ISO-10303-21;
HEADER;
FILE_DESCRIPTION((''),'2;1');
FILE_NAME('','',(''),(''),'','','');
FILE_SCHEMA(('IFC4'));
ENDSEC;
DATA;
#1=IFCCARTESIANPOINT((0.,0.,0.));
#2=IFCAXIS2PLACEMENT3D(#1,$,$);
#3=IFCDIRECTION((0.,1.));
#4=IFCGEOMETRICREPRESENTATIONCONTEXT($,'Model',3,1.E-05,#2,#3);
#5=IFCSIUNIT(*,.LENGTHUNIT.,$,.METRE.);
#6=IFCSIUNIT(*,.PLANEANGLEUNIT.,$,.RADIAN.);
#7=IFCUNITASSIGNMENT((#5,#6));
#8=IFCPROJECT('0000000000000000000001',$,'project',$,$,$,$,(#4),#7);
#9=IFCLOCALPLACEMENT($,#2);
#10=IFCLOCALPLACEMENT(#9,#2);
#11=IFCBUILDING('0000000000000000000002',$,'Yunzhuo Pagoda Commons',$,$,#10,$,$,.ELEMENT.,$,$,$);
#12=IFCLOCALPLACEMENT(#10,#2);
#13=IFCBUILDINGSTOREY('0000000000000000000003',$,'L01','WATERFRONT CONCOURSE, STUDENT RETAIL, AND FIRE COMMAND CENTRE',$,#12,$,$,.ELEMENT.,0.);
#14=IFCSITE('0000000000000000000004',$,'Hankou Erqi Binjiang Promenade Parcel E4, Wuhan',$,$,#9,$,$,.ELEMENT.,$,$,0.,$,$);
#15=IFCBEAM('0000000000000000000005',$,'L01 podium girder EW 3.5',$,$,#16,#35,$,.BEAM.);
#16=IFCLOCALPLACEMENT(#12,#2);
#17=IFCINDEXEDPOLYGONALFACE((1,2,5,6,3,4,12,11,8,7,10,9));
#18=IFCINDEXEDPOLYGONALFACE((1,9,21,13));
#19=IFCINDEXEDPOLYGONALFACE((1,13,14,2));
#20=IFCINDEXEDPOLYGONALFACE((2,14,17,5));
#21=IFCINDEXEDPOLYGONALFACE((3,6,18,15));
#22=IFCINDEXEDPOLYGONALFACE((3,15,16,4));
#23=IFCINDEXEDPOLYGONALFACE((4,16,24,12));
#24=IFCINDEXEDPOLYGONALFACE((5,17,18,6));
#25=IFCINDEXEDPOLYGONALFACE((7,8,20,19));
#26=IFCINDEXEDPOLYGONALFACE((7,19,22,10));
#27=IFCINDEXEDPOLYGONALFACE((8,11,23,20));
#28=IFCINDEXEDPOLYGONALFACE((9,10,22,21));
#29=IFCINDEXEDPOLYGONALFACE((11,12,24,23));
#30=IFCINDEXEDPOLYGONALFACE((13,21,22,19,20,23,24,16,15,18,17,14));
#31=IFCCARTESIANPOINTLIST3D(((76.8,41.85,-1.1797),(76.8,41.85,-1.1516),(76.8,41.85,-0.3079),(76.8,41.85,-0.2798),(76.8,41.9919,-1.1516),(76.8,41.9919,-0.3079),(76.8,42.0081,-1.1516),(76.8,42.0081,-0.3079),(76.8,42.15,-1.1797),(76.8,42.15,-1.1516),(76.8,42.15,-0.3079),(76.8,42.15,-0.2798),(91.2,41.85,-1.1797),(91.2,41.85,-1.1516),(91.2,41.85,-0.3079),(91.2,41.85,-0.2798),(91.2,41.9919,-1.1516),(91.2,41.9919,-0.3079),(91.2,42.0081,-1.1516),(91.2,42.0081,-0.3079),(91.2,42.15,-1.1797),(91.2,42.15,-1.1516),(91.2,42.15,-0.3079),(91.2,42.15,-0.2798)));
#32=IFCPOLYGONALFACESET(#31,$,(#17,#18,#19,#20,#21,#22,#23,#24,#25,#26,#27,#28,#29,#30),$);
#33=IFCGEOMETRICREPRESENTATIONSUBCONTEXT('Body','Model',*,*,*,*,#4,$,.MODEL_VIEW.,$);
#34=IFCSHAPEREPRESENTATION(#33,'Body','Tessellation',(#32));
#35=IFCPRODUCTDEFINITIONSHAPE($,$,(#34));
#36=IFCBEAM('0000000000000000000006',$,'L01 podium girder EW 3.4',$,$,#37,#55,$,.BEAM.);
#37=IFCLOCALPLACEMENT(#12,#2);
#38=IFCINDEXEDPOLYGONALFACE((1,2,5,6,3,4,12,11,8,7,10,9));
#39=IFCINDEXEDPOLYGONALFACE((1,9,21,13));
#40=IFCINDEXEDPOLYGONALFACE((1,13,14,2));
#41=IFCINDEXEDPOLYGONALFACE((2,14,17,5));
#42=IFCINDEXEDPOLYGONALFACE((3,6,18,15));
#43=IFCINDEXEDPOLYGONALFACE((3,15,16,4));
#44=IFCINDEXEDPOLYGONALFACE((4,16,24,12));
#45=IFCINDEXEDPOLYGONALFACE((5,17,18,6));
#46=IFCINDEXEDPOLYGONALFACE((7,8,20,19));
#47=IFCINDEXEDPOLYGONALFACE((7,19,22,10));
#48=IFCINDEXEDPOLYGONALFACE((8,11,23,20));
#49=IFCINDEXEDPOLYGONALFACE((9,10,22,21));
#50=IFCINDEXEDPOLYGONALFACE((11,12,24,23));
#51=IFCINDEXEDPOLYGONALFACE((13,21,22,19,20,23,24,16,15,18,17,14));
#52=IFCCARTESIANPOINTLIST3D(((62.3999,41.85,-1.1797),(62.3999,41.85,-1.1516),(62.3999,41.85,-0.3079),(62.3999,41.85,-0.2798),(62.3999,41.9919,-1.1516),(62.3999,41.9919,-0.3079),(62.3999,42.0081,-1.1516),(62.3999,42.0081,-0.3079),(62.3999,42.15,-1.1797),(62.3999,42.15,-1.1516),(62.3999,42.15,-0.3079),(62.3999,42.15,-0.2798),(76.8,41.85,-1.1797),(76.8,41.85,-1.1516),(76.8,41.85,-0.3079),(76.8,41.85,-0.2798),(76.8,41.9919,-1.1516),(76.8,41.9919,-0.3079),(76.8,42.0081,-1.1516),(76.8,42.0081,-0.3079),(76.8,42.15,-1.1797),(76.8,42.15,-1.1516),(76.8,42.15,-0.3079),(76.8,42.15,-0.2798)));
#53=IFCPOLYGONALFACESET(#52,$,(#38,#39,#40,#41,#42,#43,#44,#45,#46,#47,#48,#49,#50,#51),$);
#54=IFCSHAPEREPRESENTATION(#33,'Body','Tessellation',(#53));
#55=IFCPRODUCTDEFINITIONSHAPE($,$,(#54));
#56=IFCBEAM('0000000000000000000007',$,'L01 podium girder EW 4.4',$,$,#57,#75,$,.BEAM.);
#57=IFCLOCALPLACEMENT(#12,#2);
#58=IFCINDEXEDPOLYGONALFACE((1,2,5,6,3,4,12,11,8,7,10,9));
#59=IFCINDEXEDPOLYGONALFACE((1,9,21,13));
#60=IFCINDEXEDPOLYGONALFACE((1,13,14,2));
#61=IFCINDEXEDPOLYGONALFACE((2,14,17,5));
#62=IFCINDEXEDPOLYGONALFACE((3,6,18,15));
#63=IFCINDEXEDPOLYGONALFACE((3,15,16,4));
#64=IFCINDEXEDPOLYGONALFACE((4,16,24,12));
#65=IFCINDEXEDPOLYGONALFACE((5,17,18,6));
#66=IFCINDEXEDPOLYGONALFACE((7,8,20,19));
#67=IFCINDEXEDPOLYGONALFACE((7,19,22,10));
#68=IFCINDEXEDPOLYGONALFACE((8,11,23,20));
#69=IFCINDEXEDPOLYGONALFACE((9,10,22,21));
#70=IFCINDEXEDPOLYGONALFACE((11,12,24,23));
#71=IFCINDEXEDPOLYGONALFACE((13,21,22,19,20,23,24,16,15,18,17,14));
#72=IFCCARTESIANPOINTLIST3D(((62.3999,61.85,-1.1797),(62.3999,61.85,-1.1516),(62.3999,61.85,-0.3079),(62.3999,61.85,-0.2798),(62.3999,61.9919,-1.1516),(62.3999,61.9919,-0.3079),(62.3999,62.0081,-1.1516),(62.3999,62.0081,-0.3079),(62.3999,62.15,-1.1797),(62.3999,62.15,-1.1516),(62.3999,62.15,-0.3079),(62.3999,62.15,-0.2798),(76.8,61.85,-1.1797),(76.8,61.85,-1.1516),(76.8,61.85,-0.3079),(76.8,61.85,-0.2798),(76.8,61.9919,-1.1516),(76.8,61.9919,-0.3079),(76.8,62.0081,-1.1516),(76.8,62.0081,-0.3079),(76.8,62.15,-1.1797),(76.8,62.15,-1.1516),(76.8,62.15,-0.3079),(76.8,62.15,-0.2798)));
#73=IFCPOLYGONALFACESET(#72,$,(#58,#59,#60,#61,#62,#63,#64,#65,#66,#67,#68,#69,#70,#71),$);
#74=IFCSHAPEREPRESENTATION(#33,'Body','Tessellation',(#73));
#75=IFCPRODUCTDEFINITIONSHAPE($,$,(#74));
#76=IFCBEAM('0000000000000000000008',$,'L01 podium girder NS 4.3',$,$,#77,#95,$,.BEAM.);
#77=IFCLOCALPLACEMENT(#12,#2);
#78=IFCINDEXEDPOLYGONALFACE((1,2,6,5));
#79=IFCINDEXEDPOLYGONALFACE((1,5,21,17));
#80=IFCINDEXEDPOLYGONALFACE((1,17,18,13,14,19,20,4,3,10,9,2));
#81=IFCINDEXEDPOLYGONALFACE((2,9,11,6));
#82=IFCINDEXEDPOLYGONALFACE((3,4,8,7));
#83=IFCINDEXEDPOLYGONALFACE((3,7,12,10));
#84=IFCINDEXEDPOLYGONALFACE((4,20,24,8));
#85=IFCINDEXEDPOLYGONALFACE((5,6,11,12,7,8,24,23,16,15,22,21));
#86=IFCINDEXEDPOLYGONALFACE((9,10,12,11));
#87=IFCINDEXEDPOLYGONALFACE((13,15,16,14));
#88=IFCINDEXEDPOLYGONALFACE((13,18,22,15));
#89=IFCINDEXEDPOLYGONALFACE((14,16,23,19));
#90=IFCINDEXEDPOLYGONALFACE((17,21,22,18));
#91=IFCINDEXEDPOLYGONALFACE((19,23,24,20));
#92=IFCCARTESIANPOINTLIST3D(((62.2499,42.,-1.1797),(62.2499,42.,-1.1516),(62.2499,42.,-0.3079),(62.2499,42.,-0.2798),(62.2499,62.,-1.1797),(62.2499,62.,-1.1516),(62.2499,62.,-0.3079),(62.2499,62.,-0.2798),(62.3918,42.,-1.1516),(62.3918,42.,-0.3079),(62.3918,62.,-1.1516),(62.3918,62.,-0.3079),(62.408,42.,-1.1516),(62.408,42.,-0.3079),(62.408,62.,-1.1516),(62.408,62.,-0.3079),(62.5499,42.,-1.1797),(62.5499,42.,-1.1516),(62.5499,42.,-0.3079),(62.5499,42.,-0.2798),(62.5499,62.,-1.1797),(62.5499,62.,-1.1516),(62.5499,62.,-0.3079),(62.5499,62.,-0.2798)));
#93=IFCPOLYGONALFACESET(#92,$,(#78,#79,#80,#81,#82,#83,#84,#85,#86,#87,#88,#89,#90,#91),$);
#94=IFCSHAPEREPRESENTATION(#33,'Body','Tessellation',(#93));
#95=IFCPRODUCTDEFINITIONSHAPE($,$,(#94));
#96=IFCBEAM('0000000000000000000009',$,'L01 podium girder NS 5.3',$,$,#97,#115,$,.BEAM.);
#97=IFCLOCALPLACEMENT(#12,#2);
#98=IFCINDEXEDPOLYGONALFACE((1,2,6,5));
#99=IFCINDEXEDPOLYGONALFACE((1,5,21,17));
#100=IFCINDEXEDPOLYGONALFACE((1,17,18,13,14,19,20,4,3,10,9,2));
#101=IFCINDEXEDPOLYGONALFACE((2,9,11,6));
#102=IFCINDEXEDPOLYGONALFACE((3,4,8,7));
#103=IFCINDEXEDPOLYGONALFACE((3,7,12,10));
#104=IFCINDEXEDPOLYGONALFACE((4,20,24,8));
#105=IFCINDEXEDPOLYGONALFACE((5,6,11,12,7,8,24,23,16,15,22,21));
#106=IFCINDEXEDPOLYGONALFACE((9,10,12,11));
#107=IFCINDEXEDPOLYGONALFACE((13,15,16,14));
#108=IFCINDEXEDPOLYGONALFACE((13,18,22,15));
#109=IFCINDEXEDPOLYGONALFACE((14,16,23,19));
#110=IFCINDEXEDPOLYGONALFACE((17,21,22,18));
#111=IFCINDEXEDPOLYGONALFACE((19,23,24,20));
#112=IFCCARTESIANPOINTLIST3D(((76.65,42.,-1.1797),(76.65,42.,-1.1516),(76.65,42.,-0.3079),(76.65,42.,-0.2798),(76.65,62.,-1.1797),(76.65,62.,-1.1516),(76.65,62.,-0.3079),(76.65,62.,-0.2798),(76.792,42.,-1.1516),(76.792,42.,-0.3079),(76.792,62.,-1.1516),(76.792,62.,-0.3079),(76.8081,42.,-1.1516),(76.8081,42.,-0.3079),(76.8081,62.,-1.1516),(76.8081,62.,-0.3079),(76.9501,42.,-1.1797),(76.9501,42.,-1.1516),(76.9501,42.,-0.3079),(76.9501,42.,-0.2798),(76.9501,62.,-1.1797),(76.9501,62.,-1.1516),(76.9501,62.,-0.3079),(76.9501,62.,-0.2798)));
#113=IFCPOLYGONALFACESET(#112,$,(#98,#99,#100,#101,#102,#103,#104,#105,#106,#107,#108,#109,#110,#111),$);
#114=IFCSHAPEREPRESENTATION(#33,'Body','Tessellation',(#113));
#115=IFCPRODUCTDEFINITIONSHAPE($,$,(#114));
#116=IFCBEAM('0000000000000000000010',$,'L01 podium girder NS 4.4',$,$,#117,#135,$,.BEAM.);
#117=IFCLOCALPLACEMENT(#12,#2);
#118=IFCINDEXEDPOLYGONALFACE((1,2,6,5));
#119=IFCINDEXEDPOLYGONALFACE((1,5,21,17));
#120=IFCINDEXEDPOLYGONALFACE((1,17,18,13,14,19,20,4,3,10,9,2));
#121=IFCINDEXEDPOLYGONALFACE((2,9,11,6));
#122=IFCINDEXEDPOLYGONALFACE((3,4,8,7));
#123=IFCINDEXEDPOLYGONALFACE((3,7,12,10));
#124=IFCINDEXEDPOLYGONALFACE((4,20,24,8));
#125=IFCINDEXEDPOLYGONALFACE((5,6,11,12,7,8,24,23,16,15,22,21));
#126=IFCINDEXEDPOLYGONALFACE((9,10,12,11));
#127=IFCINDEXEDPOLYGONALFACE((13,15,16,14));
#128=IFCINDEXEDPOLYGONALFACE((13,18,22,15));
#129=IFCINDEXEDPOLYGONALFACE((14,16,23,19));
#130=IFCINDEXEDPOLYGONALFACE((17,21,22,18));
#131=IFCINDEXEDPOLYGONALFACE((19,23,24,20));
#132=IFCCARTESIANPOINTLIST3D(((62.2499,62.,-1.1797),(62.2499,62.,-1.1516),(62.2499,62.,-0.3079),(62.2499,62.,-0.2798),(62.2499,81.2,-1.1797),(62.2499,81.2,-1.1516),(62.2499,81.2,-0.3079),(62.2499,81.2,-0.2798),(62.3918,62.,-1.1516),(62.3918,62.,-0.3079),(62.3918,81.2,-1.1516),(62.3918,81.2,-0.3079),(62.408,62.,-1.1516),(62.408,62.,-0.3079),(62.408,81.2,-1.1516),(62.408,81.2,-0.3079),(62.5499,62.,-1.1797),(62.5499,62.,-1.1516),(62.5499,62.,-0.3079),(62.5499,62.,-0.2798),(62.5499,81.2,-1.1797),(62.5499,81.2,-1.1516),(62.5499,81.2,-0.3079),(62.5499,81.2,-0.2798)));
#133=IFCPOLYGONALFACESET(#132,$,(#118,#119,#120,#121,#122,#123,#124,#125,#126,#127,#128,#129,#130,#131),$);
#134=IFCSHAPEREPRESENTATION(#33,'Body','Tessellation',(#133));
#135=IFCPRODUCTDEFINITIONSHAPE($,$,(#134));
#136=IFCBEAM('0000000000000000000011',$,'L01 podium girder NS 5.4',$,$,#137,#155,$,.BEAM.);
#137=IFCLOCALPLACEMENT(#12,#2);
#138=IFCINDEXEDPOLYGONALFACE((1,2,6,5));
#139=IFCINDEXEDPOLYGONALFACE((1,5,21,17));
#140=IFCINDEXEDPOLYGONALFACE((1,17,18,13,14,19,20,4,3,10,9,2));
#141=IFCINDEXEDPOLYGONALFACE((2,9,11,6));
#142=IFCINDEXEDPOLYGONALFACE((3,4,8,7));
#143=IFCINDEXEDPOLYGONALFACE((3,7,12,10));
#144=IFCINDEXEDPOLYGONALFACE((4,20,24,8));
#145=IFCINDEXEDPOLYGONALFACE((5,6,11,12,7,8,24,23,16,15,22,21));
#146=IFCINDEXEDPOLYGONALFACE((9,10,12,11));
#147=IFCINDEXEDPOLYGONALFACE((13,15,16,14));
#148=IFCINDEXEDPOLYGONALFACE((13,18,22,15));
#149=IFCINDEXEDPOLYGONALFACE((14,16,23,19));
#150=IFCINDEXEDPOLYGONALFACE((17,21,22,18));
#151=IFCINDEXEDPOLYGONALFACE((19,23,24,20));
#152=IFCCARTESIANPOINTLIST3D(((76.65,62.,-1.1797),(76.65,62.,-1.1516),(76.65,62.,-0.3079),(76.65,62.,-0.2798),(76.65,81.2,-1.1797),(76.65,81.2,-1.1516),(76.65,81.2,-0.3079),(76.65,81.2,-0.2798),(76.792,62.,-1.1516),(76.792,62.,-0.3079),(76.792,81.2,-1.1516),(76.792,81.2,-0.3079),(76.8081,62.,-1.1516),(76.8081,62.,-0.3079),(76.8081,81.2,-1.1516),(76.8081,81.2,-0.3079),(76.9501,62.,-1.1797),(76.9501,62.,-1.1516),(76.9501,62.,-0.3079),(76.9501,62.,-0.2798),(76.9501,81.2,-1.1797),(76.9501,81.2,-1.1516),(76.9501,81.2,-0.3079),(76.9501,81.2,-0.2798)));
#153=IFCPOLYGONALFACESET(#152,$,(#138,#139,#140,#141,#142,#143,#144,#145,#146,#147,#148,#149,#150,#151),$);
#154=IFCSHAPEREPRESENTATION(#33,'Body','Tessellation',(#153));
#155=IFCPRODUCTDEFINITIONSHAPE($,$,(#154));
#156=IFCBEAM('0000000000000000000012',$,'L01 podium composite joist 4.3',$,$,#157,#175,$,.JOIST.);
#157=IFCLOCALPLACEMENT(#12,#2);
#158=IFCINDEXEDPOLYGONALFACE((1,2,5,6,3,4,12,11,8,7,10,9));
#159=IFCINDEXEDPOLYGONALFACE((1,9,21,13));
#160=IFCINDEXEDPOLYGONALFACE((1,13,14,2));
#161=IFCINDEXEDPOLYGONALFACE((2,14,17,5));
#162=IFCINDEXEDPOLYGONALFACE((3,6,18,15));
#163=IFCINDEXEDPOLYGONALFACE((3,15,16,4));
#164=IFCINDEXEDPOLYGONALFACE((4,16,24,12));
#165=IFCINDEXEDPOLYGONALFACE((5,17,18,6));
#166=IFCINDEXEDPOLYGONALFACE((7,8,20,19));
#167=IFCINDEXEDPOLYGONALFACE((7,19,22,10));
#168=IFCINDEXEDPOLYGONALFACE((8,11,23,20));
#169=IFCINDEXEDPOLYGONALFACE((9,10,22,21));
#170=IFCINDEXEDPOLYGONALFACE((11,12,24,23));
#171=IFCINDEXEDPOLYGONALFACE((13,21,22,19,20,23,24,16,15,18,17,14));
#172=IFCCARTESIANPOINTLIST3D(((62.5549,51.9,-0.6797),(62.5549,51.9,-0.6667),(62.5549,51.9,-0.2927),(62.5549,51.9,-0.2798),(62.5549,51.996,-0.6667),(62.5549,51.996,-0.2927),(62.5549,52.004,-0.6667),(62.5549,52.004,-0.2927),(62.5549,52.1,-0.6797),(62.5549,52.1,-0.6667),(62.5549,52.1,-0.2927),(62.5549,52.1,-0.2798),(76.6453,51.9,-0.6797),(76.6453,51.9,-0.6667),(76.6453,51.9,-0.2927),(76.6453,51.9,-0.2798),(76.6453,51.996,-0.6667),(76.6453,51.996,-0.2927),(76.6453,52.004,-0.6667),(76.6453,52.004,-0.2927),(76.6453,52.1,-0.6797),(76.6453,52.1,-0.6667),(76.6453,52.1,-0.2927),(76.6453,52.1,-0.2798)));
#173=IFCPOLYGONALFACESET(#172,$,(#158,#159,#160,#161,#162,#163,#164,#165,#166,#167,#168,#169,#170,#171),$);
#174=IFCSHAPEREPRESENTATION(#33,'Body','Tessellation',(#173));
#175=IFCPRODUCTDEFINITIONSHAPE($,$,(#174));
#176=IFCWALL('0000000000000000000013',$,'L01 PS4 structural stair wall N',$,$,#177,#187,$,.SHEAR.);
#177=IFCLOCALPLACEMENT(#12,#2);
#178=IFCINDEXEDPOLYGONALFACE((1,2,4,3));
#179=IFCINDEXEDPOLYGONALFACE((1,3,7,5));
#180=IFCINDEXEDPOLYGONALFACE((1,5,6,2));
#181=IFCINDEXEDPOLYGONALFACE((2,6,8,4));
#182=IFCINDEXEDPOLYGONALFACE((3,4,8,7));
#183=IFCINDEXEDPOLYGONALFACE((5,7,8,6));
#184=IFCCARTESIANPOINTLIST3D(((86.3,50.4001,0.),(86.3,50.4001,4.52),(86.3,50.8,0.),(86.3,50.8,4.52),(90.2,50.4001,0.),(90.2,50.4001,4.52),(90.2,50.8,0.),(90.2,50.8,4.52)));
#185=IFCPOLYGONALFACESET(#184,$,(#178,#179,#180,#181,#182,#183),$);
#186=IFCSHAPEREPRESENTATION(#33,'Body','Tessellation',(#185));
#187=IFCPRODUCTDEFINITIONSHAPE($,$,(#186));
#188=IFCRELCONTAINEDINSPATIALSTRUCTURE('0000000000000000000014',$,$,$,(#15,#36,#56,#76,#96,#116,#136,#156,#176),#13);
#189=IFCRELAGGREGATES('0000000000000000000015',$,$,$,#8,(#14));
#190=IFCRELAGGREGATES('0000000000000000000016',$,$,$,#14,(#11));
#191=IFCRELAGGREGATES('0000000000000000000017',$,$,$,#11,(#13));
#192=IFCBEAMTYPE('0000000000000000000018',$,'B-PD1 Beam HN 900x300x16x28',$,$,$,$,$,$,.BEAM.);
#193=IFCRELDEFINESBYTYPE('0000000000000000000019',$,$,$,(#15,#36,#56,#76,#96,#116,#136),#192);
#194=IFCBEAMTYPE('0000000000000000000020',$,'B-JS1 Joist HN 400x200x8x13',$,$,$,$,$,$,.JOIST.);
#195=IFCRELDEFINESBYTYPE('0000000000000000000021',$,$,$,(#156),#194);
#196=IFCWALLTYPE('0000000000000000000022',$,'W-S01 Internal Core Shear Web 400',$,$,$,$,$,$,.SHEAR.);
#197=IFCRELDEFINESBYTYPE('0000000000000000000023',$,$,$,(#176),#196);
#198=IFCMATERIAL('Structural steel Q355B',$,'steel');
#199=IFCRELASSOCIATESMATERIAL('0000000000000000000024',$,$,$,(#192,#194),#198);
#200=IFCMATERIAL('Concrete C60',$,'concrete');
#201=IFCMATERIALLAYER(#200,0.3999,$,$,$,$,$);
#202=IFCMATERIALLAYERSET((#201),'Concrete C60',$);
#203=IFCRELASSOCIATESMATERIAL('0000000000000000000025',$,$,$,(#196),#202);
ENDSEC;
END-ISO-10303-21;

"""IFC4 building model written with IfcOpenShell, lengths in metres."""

from ifc_helpers import new_model, si_unit, direction, frame, frame_2d, origin, origin_2d, place, context, subcontext, project, spatial, rectangle, i_section, extrude, source, transform, mapped, material, layer, layer_set, material_profile, profile_set, type_object, element, save


model = new_model("IFC4")

# Units and contexts
model_context = context("Model", 3, precision=1e-05, world=origin(), true_north=direction((0.0, 1.0)))
body_context = subcontext(model_context, "Body", "Model", "MODEL_VIEW")
ifc_project = project(units=[si_unit("LENGTHUNIT", "METRE"), si_unit("PLANEANGLEUNIT", "RADIAN")], contexts=[model_context])

# Site, building, storey
site_placement = place(None, origin())
site = spatial("IfcSite", under=ifc_project, at=site_placement, Name="Hankou Erqi Binjiang Promenade Parcel E4, Wuhan", CompositionType="ELEMENT", RefElevation=0.0)
building_placement = place(site_placement, origin())
building = spatial("IfcBuilding", under=site, at=building_placement, Name="Yunzhuo Pagoda Commons", CompositionType="ELEMENT")
storey_placement = place(building_placement, origin())
storey = spatial("IfcBuildingStorey", under=building, at=storey_placement, Name="L01", Description="WATERFRONT CONCOURSE, STUDENT RETAIL, AND FIRE COMMAND CENTRE", CompositionType="ELEMENT", Elevation=0.0)

# Beams
ifc_material_1 = material(Name="Structural steel Q355B", Category="steel")
ifc_material_profile_1 = material_profile(ifc_material_1, i_section(OverallWidth=0.3, OverallDepth=0.8999, WebThickness=0.0161, FlangeThickness=0.0281, at=origin_2d()), Name="Structural steel Q355B")
ifc_profile_set_1 = profile_set([ifc_material_profile_1], Name="Structural steel Q355B")
beam_type_1 = type_object("IfcBeamType", Name="B-PD1 Beam HN 900x300x16x28", PredefinedType="BEAM", material=ifc_profile_set_1)
shared_shape_1 = source(origin(), body_context, "Body", "SweptSolid", [
    extrude(i_section(OverallWidth=0.3, OverallDepth=0.8999, WebThickness=0.0161, FlangeThickness=0.0281, at=origin_2d()), origin(), (0.0, 0.0, 1.0), 14.3999),
])
beam_1_placement = place(storey_placement, frame((76.8, 42.0, -0.7297), z_axis=(1.0, 0.0, 0.0), x_axis=(0.0, 1.0, 0.0)))
element("IfcBeam", 1, at=beam_1_placement, inside=storey, type_object=beam_type_1, Name="L01 podium girder EW 3.5", PredefinedType="BEAM", context=body_context, shape_type="MappedRepresentation", body=[
    mapped(shared_shape_1, transform((0.0, 0.0, 0.0), scale=1.0)),
])
shared_shape_2 = source(origin(), body_context, "Body", "SweptSolid", [
    extrude(i_section(OverallWidth=0.3, OverallDepth=0.8999, WebThickness=0.0161, FlangeThickness=0.0281, at=origin_2d()), origin(), (0.0, 0.0, 1.0), 14.4001),
])
for number, where, z_axis, x_axis, name in (
    (2, (62.3999, 42.0, -0.7297), (1.0, 0.0, 0.0), (0.0, 1.0, 0.0), "L01 podium girder EW 3.4"),
    (3, (62.3999, 62.0, -0.7297), (1.0, 0.0, 0.0), (0.0, 1.0, 0.0), "L01 podium girder EW 4.4"),
):
    element("IfcBeam", number, at=place(storey_placement, frame(where, z_axis=z_axis, x_axis=x_axis)), inside=storey, type_object=beam_type_1, Name=name, PredefinedType="BEAM", context=body_context, shape_type="MappedRepresentation", body=[
        mapped(shared_shape_2, transform((0.0, 0.0, 0.0), scale=1.0)),
    ])
shared_shape_3 = source(origin(), body_context, "Body", "SweptSolid", [
    extrude(i_section(OverallWidth=0.3, OverallDepth=0.8999, WebThickness=0.0161, FlangeThickness=0.0281, at=origin_2d()), origin(), (0.0, 0.0, 1.0), 20.0),
])
for number, where, z_axis, x_axis, name in (
    (4, (62.3999, 42.0, -0.7297), (0.0, 1.0, 0.0), (-1.0, 0.0, 0.0), "L01 podium girder NS 4.3"),
    (5, (76.8, 42.0, -0.7297), (0.0, 1.0, 0.0), (-1.0, 0.0, 0.0), "L01 podium girder NS 5.3"),
):
    element("IfcBeam", number, at=place(storey_placement, frame(where, z_axis=z_axis, x_axis=x_axis)), inside=storey, type_object=beam_type_1, Name=name, PredefinedType="BEAM", context=body_context, shape_type="MappedRepresentation", body=[
        mapped(shared_shape_3, transform((0.0, 0.0, 0.0), scale=1.0)),
    ])
shared_shape_4 = source(origin(), body_context, "Body", "SweptSolid", [
    extrude(i_section(OverallWidth=0.3, OverallDepth=0.8999, WebThickness=0.0161, FlangeThickness=0.0281, at=origin_2d()), origin(), (0.0, 0.0, 1.0), 19.2),
])
for number, where, z_axis, x_axis, name in (
    (6, (62.3999, 62.0, -0.7297), (0.0, 1.0, 0.0), (-1.0, 0.0, 0.0), "L01 podium girder NS 4.4"),
    (7, (76.8, 62.0, -0.7297), (0.0, 1.0, 0.0), (-1.0, 0.0, 0.0), "L01 podium girder NS 5.4"),
):
    element("IfcBeam", number, at=place(storey_placement, frame(where, z_axis=z_axis, x_axis=x_axis)), inside=storey, type_object=beam_type_1, Name=name, PredefinedType="BEAM", context=body_context, shape_type="MappedRepresentation", body=[
        mapped(shared_shape_4, transform((0.0, 0.0, 0.0), scale=1.0)),
    ])
ifc_material_profile_2 = material_profile(ifc_material_1, i_section(OverallWidth=0.2, OverallDepth=0.3999, WebThickness=0.0081, FlangeThickness=0.0129, at=origin_2d()), Name="Structural steel Q355B")
ifc_profile_set_2 = profile_set([ifc_material_profile_2], Name="Structural steel Q355B")
beam_type_2 = type_object("IfcBeamType", Name="B-JS1 Joist HN 400x200x8x13", PredefinedType="JOIST", material=ifc_profile_set_2)
shared_shape_5 = source(origin(), body_context, "Body", "SweptSolid", [
    extrude(i_section(OverallWidth=0.2, OverallDepth=0.3999, WebThickness=0.0081, FlangeThickness=0.0129, at=origin_2d()), origin(), (0.0, 0.0, 1.0), 14.0903),
])
beam_2_placement = place(storey_placement, frame((62.5549, 52.0, -0.4797), z_axis=(1.0, 0.0, 0.0), x_axis=(0.0, 1.0, 0.0)))
element("IfcBeam", 8, at=beam_2_placement, inside=storey, type_object=beam_type_2, Name="L01 podium composite joist 4.3", PredefinedType="JOIST", context=body_context, shape_type="MappedRepresentation", body=[
    mapped(shared_shape_5, transform((0.0, 0.0, 0.0), scale=1.0)),
])

# Wall
ifc_material_2 = material(Name="Concrete C60", Category="concrete")
ifc_layer_1 = layer(ifc_material_2, 0.3999)
ifc_layer_set_1 = layer_set([ifc_layer_1], Name="Concrete C60")
wall_type_1 = type_object("IfcWallType", Name="W-S01 Internal Core Shear Web 400", PredefinedType="SHEAR", material=ifc_layer_set_1)
wall_1_placement = place(storey_placement, frame((86.3, 50.6001, 0.0), z_axis=(0.0, 0.0, 1.0), x_axis=(1.0, 0.0, 0.0)))
element("IfcWall", 9, at=wall_1_placement, inside=storey, type_object=wall_type_1, Name="L01 PS4 structural stair wall N", PredefinedType="SHEAR", context=body_context, shape_type="SweptSolid", body=[
    extrude(rectangle(XDim=3.8999, YDim=0.3999, at=frame_2d((1.95, 0.0))), origin(), (0.0, 0.0, 1.0), 4.52),
])

save(model, "model.ifc")
